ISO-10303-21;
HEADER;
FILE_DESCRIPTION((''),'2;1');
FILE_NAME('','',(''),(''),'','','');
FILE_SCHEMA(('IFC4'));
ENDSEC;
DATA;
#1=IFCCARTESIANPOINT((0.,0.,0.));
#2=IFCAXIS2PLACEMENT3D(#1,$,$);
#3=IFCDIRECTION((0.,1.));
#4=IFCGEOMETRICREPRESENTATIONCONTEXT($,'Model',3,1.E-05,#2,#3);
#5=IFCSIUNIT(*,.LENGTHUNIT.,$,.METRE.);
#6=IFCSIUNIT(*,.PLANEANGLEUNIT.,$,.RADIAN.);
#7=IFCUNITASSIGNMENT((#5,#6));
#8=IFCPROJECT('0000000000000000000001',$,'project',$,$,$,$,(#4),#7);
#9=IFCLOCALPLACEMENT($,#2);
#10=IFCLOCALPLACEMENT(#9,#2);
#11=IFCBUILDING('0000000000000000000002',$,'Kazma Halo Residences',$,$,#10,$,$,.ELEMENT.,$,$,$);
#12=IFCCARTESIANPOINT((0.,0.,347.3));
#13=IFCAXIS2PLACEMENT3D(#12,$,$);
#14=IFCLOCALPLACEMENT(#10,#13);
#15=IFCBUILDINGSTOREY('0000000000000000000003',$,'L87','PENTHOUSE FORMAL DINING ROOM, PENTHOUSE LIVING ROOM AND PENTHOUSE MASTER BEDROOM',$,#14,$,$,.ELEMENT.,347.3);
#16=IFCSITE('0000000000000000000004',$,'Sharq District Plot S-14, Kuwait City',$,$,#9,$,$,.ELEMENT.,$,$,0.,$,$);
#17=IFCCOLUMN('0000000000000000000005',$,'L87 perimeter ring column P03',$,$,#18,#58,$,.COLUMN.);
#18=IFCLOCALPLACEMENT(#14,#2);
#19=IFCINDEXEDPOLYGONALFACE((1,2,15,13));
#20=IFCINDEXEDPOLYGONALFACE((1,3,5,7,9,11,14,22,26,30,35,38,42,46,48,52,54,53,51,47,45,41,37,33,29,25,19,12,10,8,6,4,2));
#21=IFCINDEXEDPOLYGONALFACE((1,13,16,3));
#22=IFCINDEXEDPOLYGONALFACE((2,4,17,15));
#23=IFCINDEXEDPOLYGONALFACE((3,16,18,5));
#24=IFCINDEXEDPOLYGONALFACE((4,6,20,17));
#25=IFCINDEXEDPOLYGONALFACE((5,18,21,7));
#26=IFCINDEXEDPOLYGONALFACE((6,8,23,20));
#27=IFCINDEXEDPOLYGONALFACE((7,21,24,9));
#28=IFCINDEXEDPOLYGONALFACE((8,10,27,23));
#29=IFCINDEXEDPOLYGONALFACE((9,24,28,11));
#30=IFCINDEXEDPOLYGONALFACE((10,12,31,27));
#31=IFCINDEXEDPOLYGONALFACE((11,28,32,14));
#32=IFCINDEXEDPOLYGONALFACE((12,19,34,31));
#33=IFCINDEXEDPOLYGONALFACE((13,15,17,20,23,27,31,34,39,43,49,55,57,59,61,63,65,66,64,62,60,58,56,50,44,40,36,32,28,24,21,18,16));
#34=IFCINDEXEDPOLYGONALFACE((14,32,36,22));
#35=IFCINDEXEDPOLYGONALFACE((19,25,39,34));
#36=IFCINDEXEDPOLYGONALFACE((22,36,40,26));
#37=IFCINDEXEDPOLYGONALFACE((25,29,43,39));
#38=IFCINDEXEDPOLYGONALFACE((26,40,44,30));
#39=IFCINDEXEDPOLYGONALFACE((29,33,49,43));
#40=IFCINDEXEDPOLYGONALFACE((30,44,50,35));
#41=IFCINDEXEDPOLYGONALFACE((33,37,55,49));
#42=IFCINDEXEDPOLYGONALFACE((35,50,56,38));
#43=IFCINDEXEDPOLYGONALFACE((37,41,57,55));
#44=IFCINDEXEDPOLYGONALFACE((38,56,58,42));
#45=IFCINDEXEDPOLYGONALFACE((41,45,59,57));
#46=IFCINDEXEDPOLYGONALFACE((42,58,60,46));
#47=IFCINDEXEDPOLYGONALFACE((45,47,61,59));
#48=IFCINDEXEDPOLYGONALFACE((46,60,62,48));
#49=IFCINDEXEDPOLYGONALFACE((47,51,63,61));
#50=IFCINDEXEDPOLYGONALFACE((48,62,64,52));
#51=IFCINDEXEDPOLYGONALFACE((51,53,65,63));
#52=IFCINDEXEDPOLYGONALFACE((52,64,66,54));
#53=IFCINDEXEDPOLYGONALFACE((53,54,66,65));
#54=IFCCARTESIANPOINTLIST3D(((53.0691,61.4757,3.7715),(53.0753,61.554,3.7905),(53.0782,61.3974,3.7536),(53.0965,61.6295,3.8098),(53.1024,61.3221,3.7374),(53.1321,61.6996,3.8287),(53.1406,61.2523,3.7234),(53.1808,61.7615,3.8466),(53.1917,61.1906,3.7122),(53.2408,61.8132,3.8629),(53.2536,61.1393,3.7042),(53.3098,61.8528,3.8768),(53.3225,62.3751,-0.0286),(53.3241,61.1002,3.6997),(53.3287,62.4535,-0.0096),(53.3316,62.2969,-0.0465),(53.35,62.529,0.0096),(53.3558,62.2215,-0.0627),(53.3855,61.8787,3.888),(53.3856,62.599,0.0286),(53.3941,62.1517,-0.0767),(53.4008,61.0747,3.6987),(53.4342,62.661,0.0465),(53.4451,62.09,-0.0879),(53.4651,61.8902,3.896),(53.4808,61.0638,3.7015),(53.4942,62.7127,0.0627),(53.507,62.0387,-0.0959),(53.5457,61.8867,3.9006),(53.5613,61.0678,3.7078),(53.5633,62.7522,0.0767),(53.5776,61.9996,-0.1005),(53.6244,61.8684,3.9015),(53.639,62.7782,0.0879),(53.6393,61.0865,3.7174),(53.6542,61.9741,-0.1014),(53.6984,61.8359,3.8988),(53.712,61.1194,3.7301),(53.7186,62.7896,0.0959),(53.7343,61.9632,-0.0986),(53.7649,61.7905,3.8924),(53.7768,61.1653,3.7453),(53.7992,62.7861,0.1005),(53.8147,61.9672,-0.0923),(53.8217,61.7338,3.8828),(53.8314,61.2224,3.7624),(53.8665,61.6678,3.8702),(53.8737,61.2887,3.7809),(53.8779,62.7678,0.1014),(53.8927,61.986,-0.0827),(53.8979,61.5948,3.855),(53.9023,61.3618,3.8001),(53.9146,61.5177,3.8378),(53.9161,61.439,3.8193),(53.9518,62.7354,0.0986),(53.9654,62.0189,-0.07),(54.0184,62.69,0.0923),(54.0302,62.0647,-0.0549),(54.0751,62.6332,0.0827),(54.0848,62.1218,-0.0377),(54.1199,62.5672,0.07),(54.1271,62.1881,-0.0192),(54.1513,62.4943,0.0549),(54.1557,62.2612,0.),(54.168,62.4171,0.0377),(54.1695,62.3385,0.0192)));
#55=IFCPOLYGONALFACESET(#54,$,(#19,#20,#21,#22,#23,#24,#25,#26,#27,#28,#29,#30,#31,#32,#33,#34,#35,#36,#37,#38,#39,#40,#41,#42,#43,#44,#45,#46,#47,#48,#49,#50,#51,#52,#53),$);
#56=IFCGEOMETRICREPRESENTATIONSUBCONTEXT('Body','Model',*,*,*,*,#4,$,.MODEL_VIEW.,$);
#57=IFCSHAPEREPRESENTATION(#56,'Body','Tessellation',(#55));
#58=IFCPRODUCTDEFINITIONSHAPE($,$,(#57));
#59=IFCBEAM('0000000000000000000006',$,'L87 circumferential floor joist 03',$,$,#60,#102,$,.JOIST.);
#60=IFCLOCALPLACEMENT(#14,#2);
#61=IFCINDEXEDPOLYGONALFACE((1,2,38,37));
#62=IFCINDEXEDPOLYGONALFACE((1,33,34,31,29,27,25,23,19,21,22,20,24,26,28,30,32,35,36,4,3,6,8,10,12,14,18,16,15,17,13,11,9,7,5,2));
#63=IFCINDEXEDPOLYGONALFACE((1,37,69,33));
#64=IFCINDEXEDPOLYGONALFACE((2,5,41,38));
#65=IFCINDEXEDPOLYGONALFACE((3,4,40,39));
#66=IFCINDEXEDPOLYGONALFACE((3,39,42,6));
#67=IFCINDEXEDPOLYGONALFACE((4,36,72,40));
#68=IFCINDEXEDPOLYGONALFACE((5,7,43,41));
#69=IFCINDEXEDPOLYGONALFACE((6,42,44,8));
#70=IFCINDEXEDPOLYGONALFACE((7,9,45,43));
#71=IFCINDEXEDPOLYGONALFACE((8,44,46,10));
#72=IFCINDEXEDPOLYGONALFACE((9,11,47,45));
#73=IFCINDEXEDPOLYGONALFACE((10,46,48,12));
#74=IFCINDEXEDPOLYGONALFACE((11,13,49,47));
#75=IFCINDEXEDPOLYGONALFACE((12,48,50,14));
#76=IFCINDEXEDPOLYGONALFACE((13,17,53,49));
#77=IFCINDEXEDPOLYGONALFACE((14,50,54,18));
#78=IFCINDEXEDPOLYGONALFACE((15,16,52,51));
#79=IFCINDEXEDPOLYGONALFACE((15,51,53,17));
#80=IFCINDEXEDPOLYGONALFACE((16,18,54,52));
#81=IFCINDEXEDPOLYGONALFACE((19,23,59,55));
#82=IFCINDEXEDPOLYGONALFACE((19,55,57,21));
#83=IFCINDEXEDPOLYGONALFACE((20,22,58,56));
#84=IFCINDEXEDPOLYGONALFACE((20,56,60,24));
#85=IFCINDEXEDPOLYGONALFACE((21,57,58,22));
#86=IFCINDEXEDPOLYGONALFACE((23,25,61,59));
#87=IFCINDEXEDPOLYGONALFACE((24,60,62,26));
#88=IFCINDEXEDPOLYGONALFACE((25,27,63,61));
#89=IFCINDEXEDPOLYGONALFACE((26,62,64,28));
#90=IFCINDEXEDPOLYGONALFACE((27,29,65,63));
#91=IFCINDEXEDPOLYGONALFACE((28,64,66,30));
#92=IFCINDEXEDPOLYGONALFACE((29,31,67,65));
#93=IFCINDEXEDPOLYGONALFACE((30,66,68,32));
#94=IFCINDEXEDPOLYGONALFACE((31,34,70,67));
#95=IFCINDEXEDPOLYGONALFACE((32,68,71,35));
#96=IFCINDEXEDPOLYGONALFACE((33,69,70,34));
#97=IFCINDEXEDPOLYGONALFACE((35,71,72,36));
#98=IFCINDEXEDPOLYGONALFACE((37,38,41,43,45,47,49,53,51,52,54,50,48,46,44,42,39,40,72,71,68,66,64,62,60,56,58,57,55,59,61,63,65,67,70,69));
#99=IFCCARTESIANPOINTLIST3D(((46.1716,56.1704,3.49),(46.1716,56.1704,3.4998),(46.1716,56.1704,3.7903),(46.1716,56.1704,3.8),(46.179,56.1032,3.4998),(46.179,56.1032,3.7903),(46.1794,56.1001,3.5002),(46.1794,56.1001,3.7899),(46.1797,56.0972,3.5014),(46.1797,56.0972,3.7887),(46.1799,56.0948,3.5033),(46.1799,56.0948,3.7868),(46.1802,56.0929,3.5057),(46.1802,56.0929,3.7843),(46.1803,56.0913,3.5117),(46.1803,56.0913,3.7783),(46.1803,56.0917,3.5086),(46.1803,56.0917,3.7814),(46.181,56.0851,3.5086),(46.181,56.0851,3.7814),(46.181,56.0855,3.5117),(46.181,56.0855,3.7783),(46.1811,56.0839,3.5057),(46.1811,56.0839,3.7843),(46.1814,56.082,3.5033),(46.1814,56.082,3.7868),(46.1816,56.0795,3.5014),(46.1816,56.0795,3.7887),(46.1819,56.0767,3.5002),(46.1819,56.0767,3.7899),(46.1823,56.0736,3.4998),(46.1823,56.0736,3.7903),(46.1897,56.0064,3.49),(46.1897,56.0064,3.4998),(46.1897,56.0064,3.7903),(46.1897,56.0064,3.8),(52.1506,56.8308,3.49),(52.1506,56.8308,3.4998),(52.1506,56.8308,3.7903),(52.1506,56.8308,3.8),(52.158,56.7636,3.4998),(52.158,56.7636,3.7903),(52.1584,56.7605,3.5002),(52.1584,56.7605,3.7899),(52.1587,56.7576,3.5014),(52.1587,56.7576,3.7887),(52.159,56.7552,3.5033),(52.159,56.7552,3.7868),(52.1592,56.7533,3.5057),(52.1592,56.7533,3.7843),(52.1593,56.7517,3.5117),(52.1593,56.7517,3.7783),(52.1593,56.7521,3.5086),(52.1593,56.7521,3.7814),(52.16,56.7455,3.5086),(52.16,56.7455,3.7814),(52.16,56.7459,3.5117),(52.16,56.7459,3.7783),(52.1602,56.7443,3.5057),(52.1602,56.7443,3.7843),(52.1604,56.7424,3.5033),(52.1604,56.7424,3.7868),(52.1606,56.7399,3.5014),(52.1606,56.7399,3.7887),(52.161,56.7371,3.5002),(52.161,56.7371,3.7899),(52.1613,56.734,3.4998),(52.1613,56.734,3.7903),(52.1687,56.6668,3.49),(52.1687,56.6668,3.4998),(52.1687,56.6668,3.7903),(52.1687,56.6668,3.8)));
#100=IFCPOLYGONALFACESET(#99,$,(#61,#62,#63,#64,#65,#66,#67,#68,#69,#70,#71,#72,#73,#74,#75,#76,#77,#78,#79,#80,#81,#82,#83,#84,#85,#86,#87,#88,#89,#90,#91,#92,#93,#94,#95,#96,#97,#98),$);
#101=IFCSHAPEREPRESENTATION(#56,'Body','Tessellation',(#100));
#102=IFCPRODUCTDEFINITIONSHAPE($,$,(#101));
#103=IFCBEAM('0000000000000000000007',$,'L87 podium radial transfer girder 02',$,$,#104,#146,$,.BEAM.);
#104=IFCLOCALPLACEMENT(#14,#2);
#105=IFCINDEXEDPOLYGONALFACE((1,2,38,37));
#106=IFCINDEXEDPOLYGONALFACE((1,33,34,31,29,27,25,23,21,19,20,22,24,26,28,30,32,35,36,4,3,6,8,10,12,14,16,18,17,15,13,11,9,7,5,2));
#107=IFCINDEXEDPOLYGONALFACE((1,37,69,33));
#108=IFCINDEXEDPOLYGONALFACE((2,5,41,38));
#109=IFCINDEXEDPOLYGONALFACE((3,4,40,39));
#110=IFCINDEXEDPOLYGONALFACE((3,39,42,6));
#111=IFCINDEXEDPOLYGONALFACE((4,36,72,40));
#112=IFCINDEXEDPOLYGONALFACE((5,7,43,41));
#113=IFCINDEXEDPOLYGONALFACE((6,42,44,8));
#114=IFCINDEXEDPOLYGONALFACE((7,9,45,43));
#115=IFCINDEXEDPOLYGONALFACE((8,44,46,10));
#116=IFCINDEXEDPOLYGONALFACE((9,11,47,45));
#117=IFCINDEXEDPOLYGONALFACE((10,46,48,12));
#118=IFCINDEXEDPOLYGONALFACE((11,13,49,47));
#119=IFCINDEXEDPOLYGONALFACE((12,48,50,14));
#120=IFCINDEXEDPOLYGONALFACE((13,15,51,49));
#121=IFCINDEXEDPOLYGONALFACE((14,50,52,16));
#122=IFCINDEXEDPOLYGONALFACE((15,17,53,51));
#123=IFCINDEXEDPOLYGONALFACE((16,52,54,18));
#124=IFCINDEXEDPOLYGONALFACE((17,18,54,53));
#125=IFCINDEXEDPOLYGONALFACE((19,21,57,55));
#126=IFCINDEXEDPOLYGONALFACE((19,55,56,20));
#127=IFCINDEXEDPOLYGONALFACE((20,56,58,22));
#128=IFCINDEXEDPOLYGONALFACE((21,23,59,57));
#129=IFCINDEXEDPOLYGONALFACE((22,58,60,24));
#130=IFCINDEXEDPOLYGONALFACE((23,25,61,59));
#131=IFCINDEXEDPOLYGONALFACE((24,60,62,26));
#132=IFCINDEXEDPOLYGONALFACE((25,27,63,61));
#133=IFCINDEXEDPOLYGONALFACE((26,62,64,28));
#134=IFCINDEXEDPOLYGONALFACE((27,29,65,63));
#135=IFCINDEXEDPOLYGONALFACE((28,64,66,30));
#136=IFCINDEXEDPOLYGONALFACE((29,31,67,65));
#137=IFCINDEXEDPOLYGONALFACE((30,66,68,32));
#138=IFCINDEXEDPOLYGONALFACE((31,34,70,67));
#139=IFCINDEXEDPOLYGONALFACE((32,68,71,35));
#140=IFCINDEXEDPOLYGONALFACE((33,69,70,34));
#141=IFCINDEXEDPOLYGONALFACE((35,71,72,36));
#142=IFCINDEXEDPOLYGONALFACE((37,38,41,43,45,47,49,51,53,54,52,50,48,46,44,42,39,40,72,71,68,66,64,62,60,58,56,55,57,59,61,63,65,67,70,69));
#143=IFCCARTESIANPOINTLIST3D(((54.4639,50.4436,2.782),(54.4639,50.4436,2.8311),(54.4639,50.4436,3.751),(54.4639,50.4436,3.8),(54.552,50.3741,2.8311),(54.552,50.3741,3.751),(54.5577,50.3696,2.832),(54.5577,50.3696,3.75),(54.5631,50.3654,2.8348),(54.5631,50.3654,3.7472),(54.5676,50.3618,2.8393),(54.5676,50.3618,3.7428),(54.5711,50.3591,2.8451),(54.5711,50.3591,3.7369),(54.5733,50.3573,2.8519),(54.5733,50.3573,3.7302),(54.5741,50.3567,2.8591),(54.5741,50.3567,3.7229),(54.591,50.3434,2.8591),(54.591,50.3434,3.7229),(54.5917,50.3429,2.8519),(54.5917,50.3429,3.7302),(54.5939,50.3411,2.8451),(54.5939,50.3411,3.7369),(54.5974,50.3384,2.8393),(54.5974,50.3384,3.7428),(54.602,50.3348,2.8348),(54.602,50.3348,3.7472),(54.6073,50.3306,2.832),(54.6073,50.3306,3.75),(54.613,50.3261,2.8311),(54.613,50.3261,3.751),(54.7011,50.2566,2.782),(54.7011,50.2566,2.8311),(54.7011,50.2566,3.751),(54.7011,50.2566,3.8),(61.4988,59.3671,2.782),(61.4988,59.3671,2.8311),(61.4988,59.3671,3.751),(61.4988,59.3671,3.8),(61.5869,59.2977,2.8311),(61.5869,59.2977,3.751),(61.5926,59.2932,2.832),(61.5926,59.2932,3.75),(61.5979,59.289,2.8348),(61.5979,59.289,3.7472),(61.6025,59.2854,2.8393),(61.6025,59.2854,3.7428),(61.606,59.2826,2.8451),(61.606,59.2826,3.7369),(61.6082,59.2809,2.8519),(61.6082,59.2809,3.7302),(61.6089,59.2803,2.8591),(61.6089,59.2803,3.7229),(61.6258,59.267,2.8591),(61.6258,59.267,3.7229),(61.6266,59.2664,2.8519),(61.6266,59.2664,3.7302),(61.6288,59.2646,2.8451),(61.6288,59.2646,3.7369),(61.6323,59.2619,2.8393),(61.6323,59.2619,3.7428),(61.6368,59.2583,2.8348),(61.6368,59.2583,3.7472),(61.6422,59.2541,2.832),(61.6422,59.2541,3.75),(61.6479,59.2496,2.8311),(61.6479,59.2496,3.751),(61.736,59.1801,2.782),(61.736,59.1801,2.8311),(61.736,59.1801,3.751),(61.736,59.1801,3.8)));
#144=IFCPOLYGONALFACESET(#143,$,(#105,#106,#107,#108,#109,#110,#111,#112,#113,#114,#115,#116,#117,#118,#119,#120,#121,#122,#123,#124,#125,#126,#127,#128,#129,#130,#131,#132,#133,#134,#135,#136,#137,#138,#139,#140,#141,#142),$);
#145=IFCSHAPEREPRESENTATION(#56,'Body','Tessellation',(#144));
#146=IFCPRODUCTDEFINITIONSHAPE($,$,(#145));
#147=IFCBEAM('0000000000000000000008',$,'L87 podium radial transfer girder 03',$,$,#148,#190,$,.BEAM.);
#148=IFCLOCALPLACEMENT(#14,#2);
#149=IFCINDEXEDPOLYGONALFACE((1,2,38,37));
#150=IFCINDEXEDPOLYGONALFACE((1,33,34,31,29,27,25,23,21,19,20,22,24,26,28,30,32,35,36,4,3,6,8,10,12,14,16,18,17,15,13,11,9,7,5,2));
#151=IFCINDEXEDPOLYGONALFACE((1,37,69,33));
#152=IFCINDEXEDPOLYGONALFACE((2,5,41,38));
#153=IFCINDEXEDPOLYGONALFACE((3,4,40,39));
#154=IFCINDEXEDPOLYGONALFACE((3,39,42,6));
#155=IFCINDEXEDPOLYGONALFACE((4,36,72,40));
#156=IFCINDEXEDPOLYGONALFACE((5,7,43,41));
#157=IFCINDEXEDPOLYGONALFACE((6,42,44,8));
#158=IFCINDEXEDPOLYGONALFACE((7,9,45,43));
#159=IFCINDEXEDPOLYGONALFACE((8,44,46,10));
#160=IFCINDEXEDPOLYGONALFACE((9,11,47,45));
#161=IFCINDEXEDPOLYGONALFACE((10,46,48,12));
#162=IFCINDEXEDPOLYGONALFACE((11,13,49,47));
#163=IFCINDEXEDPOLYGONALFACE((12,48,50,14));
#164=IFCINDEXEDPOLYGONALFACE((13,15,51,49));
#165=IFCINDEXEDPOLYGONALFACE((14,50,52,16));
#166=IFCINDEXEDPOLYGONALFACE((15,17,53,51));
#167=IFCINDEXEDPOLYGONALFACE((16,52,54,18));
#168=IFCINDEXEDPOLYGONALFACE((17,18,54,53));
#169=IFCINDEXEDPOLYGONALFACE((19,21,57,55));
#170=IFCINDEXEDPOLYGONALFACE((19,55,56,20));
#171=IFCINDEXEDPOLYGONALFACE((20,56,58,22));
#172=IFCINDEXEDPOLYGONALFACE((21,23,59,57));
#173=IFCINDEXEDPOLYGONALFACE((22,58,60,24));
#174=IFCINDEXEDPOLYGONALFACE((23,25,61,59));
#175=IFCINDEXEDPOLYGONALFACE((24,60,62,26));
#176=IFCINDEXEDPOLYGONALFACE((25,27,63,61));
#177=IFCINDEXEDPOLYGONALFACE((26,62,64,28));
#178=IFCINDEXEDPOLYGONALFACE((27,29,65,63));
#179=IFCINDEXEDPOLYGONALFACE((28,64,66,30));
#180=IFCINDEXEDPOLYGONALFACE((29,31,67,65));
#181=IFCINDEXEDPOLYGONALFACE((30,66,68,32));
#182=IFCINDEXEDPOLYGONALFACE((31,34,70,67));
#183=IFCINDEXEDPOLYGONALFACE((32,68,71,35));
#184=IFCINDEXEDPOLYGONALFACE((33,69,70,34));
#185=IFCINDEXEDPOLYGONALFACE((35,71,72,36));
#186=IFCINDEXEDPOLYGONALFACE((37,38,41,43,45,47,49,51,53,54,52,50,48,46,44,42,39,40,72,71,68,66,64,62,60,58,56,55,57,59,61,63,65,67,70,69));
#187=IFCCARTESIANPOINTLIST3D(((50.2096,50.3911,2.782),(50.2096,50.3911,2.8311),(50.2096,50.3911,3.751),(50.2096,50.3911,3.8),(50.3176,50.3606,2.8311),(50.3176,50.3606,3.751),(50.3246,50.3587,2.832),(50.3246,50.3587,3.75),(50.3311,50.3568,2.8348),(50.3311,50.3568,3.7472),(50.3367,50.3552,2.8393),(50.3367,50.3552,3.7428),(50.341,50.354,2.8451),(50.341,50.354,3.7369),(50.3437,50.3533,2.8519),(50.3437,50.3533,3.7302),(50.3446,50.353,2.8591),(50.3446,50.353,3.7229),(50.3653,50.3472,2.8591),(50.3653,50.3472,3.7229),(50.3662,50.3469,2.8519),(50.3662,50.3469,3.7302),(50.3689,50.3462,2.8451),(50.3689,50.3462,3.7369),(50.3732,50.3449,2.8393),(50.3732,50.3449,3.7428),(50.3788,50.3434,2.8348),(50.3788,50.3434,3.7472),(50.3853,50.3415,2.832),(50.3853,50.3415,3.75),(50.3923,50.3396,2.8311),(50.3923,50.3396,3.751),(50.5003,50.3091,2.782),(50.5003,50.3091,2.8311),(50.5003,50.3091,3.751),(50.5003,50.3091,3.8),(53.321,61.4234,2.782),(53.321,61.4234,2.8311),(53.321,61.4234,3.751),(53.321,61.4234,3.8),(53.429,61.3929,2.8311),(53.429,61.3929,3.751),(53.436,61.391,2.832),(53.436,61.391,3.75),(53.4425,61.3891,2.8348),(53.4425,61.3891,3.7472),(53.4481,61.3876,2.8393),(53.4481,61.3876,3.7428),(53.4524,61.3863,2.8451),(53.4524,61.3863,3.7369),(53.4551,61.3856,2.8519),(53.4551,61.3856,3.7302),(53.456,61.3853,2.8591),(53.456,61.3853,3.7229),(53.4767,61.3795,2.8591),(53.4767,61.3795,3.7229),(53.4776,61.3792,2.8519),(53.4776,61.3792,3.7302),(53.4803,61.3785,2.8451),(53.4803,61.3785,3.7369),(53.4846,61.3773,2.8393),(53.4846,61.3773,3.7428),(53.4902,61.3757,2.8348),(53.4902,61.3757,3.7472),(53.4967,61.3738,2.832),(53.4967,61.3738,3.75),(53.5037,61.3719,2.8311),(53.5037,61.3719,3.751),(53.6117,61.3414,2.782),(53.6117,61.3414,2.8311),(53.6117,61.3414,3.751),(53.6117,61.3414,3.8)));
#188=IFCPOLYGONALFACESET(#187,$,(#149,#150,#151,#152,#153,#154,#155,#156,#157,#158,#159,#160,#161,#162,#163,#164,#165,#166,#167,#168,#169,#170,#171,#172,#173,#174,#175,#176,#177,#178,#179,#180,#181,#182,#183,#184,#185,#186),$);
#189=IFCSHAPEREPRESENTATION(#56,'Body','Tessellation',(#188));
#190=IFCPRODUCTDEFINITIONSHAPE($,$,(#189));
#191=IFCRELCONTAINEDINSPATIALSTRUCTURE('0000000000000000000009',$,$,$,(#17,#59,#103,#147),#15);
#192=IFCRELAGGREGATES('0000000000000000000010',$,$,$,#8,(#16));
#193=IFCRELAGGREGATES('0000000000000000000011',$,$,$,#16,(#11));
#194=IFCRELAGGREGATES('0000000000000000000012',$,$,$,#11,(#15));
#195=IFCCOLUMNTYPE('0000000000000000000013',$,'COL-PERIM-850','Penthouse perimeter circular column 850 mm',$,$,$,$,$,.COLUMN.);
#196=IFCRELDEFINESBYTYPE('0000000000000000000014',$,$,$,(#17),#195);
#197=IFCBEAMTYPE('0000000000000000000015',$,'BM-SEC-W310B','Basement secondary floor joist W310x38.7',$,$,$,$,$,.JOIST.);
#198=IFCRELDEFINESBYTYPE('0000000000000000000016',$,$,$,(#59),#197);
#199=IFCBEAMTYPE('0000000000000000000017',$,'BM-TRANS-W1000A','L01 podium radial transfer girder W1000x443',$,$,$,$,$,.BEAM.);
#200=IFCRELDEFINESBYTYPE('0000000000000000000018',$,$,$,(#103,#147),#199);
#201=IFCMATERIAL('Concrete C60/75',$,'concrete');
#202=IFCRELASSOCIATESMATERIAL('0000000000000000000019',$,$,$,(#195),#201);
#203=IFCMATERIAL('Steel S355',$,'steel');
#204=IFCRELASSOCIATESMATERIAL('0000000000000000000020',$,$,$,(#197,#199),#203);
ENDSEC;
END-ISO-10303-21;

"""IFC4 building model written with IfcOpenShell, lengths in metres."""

from ifc_helpers import new_model, si_unit, direction, frame, origin, origin_2d, place, context, subcontext, project, spatial, circle, i_section, extrude, material, material_profile, profile_set, type_object, element, save


model = new_model("IFC4")

# Units and contexts
model_context = context("Model", 3, precision=1e-05, world=origin(), true_north=direction((0.0, 1.0)))
body_context = subcontext(model_context, "Body", "Model", "MODEL_VIEW")
ifc_project = project(units=[si_unit("LENGTHUNIT", "METRE"), si_unit("PLANEANGLEUNIT", "RADIAN")], contexts=[model_context])

# Site, building, storey
site_placement = place(None, origin())
site = spatial("IfcSite", under=ifc_project, at=site_placement, Name="Sharq District Plot S-14, Kuwait City", CompositionType="ELEMENT", RefElevation=0.0)
building_placement = place(site_placement, origin())
building = spatial("IfcBuilding", under=site, at=building_placement, Name="Kazma Halo Residences", CompositionType="ELEMENT")
storey_placement = place(building_placement, frame((0.0, 0.0, 347.3)))
storey = spatial("IfcBuildingStorey", under=building, at=storey_placement, Name="L87", Description="PENTHOUSE FORMAL DINING ROOM, PENTHOUSE LIVING ROOM AND PENTHOUSE MASTER BEDROOM", CompositionType="ELEMENT", Elevation=347.3)

# Column
ifc_material_1 = material(Name="Concrete C60/75", Category="concrete")
ifc_material_profile_1 = material_profile(ifc_material_1, circle(Radius=0.425, at=origin_2d()), Name="CIRC850")
ifc_profile_set_1 = profile_set([ifc_material_profile_1], Name="Concrete C60/75")
column_type = type_object("IfcColumnType", Name="COL-PERIM-850", Description="Penthouse perimeter circular column 850 mm", PredefinedType="COLUMN", material=ifc_profile_set_1)
column_placement = place(storey_placement, frame((53.7466, 62.3765, 0.0), z_axis=(-0.064759, -0.229838, 0.971072), x_axis=(0.962523, -0.2712, 0.0)))
element("IfcColumn", 1, at=column_placement, inside=storey, type_object=column_type, Name="L87 perimeter ring column P03", PredefinedType="COLUMN", context=body_context, shape_type="SweptSolid", body=[
    extrude(circle(Radius=0.425, at=origin_2d()), origin(), (0.0, 0.0, 1.0), 3.9133),
])

# Beams
ifc_material_2 = material(Name="Steel S355", Category="steel")
ifc_material_profile_2 = material_profile(ifc_material_2, i_section(OverallWidth=0.165, OverallDepth=0.3101, WebThickness=0.0059, FlangeThickness=0.0098, FilletRadius=0.012, at=origin_2d()), Name="W310x38.7")
ifc_profile_set_2 = profile_set([ifc_material_profile_2], Name="Steel S355")
beam_type_1 = type_object("IfcBeamType", Name="BM-SEC-W310B", Description="Basement secondary floor joist W310x38.7", PredefinedType="JOIST", material=ifc_profile_set_2)
beam_1_placement = place(storey_placement, frame((52.1597, 56.7488, 3.645), z_axis=(-0.993955, -0.109786, 0.0), x_axis=(0.109786, -0.993955, 0.0)))
element("IfcBeam", 2, at=beam_1_placement, inside=storey, type_object=beam_type_1, Name="L87 circumferential floor joist 03", PredefinedType="JOIST", context=body_context, shape_type="SweptSolid", body=[
    extrude(i_section(OverallWidth=0.165, OverallDepth=0.3101, WebThickness=0.0059, FlangeThickness=0.0098, FilletRadius=0.012, at=origin_2d()), origin(), (0.0, 0.0, 1.0), 6.0154),
])
ifc_material_profile_3 = material_profile(ifc_material_2, i_section(OverallWidth=0.302, OverallDepth=1.0181, WebThickness=0.0215, FlangeThickness=0.0491, FilletRadius=0.0281, at=origin_2d()), Name="W1000x443")
ifc_profile_set_3 = profile_set([ifc_material_profile_3], Name="Steel S355")
beam_type_2 = type_object("IfcBeamType", Name="BM-TRANS-W1000A", Description="L01 podium radial transfer girder W1000x443", PredefinedType="BEAM", material=ifc_profile_set_3)
beam_2_placement = place(storey_placement, frame((54.5825, 50.3501, 3.291), z_axis=(0.619101, 0.785312, 0.0), x_axis=(-0.785312, 0.619101, 0.0)))
element("IfcBeam", 3, at=beam_2_placement, inside=storey, type_object=beam_type_2, Name="L87 podium radial transfer girder 02", PredefinedType="BEAM", context=body_context, shape_type="SweptSolid", body=[
    extrude(i_section(OverallWidth=0.302, OverallDepth=1.0181, WebThickness=0.0215, FlangeThickness=0.0491, FilletRadius=0.0281, at=origin_2d()), origin(), (0.0, 0.0, 1.0), 11.363),
])
beam_3_placement = place(storey_placement, frame((50.355, 50.3501, 3.291), z_axis=(0.271434, 0.962457, 0.0), x_axis=(-0.962457, 0.271434, 0.0)))
element("IfcBeam", 4, at=beam_3_placement, inside=storey, type_object=beam_type_2, Name="L87 podium radial transfer girder 03", PredefinedType="BEAM", context=body_context, shape_type="SweptSolid", body=[
    extrude(i_section(OverallWidth=0.302, OverallDepth=1.0181, WebThickness=0.0215, FlangeThickness=0.0491, FilletRadius=0.0281, at=origin_2d()), origin(), (0.0, 0.0, 1.0), 11.4626),
])

save(model, "model.ifc")
